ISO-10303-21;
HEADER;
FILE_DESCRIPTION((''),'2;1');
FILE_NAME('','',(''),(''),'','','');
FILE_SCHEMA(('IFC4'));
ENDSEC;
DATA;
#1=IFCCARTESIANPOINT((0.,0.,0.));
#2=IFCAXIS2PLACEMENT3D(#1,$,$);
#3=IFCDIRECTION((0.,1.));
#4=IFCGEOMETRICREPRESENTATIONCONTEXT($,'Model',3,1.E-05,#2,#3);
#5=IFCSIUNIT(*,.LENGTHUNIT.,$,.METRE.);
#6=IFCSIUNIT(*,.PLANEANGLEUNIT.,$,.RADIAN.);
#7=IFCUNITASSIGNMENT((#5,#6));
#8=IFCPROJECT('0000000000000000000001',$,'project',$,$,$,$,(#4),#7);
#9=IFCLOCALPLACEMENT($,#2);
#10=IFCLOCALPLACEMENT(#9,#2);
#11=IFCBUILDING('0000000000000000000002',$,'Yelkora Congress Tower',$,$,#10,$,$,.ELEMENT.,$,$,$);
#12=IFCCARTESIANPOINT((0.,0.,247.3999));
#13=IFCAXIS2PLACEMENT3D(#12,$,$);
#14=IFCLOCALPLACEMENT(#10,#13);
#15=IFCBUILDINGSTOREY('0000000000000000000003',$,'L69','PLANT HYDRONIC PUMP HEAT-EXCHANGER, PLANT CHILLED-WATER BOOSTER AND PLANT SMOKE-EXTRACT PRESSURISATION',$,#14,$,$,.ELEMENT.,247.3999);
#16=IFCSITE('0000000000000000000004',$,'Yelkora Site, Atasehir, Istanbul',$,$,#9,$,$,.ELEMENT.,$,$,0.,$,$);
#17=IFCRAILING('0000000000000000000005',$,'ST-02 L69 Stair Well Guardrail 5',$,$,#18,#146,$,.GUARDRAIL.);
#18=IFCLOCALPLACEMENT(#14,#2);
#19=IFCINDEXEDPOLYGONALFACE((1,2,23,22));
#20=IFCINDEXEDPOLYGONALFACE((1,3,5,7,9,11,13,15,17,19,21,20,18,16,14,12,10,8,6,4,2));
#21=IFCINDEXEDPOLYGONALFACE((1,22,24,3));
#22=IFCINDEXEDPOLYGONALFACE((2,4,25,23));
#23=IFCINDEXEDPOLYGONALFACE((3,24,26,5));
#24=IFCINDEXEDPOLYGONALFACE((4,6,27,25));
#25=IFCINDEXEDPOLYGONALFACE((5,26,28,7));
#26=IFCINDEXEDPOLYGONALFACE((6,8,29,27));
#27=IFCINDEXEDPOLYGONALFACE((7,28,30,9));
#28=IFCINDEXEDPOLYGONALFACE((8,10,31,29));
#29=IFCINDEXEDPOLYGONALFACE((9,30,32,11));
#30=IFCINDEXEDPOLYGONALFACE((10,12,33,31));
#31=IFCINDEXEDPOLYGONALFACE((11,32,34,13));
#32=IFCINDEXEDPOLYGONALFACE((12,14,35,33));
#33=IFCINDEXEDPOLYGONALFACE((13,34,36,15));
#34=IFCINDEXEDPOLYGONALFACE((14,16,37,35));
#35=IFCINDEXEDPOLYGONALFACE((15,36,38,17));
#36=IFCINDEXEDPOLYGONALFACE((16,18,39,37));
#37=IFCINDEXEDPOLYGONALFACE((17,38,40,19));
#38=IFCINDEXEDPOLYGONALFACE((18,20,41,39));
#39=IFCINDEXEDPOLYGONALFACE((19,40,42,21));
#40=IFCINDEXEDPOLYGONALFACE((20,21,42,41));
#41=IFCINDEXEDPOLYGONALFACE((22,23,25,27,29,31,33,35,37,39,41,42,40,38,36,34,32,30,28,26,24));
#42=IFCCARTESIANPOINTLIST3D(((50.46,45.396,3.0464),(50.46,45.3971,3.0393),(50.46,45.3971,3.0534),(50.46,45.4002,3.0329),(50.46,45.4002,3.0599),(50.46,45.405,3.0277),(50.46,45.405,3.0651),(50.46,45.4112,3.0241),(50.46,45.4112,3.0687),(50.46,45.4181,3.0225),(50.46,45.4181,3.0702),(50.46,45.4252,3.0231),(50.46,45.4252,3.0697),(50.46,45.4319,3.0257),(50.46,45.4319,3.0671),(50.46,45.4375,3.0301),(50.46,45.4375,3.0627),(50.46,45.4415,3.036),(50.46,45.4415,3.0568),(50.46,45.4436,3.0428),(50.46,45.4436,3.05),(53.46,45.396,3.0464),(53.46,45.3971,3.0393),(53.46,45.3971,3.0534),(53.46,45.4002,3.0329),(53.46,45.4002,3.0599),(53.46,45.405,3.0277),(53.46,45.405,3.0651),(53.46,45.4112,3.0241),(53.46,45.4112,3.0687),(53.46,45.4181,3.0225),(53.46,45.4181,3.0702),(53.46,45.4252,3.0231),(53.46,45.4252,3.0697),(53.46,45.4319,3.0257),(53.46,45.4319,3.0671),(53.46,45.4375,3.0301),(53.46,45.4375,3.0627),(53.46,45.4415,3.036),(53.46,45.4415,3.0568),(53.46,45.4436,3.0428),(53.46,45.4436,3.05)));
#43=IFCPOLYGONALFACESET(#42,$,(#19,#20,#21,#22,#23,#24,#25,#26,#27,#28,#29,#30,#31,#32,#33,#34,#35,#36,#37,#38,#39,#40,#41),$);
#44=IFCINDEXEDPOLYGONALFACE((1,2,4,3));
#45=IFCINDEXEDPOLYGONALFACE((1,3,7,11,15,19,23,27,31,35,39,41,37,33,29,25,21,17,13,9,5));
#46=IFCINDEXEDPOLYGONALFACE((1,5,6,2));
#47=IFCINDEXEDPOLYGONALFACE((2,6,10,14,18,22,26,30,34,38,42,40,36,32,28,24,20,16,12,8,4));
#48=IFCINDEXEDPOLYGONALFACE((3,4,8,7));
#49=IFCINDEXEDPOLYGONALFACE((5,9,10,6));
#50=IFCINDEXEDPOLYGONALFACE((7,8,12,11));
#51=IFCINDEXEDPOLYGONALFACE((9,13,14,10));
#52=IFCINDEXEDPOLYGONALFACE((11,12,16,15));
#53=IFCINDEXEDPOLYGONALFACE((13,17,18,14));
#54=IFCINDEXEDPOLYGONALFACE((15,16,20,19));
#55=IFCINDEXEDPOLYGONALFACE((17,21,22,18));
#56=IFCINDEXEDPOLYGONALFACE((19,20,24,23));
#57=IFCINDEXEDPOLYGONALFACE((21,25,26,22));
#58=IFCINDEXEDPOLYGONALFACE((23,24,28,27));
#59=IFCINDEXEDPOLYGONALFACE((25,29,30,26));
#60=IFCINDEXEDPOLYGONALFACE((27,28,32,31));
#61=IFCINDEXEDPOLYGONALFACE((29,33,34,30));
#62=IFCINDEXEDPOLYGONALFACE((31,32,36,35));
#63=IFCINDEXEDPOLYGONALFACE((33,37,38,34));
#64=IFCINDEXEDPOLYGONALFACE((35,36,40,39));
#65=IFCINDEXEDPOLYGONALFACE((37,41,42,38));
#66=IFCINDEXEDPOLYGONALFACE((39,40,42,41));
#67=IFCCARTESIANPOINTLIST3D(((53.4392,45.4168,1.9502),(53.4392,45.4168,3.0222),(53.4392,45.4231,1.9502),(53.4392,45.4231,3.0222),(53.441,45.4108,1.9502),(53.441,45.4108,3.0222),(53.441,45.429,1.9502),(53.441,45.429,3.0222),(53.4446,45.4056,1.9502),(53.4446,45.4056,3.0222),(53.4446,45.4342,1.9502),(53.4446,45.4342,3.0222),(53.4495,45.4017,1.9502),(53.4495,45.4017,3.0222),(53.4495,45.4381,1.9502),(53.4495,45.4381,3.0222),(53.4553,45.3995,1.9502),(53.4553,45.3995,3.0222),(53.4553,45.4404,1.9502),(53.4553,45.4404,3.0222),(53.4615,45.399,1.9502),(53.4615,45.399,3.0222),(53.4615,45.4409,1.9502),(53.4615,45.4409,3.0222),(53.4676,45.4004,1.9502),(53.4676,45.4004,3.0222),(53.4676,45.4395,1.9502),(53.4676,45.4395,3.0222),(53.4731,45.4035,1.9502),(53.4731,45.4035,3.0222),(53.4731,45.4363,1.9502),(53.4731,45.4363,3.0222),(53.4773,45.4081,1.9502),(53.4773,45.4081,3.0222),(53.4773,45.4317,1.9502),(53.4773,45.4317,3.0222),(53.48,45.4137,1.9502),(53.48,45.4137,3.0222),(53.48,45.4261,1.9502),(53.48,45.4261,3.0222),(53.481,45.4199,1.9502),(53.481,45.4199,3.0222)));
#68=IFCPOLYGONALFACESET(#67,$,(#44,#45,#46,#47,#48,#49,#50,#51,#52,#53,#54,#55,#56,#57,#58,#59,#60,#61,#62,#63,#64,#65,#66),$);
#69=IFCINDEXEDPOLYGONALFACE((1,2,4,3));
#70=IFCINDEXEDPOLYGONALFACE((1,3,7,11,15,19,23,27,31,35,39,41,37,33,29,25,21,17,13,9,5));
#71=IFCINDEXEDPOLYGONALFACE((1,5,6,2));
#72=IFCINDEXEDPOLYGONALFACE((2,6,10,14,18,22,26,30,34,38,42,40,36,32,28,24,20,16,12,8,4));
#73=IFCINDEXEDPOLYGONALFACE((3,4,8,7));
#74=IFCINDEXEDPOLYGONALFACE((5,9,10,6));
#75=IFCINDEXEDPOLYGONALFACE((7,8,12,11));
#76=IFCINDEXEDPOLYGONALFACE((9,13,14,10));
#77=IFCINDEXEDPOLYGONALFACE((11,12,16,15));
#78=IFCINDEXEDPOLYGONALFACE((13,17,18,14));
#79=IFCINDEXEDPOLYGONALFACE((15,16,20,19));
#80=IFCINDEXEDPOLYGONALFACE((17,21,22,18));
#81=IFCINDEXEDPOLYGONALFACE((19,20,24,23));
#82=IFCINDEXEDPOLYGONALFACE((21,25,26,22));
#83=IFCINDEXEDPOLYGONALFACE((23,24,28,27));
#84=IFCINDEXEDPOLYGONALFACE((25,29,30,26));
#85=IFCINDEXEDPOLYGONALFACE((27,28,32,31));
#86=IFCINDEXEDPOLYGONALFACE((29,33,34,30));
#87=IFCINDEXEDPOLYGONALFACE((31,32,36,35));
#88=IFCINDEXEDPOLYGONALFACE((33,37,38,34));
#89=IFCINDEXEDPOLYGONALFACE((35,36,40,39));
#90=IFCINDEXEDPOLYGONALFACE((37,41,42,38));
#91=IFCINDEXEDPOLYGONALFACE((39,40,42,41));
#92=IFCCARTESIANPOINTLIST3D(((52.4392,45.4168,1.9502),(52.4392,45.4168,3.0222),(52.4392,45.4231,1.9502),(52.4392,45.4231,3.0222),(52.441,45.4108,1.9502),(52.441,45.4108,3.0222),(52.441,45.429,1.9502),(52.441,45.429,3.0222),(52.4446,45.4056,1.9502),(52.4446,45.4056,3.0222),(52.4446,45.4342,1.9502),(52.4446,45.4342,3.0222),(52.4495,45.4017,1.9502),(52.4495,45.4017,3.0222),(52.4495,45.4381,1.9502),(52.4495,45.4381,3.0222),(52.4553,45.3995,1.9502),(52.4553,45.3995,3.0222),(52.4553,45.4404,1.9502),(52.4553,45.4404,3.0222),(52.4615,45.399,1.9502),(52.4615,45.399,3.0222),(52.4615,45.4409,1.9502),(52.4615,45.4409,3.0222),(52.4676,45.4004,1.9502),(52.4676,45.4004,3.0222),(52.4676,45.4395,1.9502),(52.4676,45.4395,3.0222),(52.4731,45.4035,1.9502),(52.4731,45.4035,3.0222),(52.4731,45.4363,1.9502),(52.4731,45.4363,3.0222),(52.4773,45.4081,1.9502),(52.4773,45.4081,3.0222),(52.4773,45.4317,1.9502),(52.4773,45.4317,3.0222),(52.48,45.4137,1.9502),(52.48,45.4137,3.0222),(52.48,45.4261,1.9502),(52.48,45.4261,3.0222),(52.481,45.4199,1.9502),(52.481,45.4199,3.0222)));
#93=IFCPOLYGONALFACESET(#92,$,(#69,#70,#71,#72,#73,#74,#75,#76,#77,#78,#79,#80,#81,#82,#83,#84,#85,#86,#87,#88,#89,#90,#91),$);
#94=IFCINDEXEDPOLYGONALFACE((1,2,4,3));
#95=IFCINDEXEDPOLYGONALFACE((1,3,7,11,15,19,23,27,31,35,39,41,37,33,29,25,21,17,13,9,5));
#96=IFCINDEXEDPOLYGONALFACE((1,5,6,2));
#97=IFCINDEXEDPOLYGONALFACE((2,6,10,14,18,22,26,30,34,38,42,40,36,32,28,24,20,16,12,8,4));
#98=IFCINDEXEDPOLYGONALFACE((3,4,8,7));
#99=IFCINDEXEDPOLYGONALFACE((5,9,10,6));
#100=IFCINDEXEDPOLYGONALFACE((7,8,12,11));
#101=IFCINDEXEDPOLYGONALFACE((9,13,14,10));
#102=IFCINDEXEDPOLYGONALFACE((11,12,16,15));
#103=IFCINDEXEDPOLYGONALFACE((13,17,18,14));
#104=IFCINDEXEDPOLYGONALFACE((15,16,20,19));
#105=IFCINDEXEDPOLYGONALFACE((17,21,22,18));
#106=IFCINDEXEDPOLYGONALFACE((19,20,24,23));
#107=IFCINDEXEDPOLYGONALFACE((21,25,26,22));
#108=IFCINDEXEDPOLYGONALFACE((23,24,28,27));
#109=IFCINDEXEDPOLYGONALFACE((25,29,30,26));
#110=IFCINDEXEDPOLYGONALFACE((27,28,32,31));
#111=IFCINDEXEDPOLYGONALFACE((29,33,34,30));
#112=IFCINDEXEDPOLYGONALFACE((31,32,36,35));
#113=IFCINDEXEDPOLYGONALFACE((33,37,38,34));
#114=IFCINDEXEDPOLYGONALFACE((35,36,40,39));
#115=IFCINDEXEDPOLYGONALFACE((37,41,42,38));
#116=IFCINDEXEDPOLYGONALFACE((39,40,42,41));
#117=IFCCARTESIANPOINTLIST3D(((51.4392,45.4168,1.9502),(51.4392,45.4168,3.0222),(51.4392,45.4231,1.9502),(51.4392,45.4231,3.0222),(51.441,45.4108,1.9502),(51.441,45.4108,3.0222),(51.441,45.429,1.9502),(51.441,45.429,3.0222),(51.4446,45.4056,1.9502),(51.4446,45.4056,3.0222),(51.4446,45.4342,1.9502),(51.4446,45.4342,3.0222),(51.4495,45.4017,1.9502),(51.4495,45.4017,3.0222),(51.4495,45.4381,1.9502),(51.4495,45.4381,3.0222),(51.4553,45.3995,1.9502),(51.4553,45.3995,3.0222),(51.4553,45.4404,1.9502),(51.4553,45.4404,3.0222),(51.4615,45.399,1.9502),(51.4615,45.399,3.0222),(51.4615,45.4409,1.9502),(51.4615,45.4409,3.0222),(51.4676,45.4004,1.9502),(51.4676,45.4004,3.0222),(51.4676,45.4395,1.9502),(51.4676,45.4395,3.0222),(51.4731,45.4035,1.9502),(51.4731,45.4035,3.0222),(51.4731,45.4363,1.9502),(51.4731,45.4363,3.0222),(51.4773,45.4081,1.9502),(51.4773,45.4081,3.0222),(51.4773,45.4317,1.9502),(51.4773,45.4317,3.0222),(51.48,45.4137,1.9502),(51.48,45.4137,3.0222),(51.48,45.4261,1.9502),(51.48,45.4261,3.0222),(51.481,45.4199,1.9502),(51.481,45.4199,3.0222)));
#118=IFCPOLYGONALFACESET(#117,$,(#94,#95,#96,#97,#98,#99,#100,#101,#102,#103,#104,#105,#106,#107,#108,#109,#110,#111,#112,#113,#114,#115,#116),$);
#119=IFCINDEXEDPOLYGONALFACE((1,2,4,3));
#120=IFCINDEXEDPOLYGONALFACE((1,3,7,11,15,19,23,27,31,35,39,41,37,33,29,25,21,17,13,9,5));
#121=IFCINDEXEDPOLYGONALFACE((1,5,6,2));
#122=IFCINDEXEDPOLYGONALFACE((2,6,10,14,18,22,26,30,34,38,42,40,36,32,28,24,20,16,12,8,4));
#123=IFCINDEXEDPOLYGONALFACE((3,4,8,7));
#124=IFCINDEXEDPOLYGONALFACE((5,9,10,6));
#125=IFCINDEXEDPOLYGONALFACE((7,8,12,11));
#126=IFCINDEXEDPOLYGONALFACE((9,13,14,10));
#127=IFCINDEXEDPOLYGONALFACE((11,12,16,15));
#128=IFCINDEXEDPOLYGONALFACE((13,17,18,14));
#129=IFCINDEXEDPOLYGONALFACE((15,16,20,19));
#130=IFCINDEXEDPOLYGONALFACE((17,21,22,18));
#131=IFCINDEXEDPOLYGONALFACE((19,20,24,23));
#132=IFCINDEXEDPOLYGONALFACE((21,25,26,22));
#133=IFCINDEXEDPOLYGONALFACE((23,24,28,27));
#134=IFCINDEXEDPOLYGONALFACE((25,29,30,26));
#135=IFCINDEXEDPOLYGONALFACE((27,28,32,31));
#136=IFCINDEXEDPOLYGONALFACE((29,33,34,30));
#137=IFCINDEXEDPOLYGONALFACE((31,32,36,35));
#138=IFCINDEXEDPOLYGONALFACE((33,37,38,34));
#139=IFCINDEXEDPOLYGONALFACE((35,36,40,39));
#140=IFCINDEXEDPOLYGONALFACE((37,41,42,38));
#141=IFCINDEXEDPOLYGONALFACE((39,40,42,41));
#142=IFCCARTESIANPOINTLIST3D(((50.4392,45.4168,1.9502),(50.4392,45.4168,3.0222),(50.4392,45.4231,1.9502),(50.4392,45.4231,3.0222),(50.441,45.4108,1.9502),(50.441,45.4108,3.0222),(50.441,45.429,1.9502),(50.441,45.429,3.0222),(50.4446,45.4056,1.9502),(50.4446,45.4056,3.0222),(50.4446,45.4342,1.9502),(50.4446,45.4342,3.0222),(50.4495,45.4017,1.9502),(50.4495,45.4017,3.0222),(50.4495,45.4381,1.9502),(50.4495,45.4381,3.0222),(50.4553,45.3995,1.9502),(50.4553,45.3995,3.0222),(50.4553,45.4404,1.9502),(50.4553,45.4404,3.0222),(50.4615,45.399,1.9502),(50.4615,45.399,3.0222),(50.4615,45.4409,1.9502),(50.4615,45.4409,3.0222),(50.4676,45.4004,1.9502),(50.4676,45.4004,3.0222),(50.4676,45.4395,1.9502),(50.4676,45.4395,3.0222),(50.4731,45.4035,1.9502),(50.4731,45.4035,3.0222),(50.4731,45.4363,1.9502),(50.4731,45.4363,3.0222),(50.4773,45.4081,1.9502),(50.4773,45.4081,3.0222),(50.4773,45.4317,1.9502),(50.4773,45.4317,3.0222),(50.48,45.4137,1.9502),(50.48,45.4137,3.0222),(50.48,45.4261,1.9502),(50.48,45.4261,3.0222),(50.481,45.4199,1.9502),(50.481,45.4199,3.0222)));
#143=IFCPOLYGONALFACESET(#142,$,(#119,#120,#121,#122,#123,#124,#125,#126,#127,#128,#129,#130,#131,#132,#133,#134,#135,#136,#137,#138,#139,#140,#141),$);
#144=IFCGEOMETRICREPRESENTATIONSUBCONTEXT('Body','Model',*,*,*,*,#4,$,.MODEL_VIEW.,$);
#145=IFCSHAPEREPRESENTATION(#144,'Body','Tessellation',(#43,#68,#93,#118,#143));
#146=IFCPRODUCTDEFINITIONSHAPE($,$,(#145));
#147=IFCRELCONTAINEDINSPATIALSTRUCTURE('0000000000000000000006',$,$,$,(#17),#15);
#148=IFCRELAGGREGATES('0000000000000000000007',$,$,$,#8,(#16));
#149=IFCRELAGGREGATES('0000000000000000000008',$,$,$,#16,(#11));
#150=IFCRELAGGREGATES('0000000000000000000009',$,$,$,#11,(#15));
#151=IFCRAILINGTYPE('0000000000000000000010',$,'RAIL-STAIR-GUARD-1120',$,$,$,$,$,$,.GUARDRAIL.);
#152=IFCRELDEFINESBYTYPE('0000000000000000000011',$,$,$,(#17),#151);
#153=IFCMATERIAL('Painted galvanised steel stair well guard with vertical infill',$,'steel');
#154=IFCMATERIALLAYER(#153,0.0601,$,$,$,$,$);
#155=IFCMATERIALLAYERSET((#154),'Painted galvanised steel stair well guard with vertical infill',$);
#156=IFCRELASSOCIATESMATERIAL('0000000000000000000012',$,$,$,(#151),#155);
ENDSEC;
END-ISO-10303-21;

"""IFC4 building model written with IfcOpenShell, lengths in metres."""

from ifc_helpers import new_model, si_unit, direction, frame, origin, origin_2d, place, context, subcontext, project, spatial, circle, extrude, material, layer, layer_set, type_object, element, save


model = new_model("IFC4")

# Units and contexts
model_context = context("Model", 3, precision=1e-05, world=origin(), true_north=direction((0.0, 1.0)))
body_context = subcontext(model_context, "Body", "Model", "MODEL_VIEW")
ifc_project = project(units=[si_unit("LENGTHUNIT", "METRE"), si_unit("PLANEANGLEUNIT", "RADIAN")], contexts=[model_context])

# Site, building, storey
site_placement = place(None, origin())
site = spatial("IfcSite", under=ifc_project, at=site_placement, Name="Yelkora Site, Atasehir, Istanbul", CompositionType="ELEMENT", RefElevation=0.0)
building_placement = place(site_placement, origin())
building = spatial("IfcBuilding", under=site, at=building_placement, Name="Yelkora Congress Tower", CompositionType="ELEMENT")
storey_placement = place(building_placement, frame((0.0, 0.0, 247.3999)))
storey = spatial("IfcBuildingStorey", under=building, at=storey_placement, Name="L69", Description="PLANT HYDRONIC PUMP HEAT-EXCHANGER, PLANT CHILLED-WATER BOOSTER AND PLANT SMOKE-EXTRACT PRESSURISATION", CompositionType="ELEMENT", Elevation=247.3999)

# Railing
ifc_material_1 = material(Name="Painted galvanised steel stair well guard with vertical infill", Category="steel")
ifc_layer_1 = layer(ifc_material_1, 0.0601)
ifc_layer_set_1 = layer_set([ifc_layer_1], Name="Painted galvanised steel stair well guard with vertical infill")
railing_type_1 = type_object("IfcRailingType", Name="RAIL-STAIR-GUARD-1120", PredefinedType="GUARDRAIL", material=ifc_layer_set_1)
railing_1_placement = place(storey_placement, frame((53.46, 45.4199, 1.9502)))
element("IfcRailing", 1, at=railing_1_placement, inside=storey, type_object=railing_type_1, Name="ST-02 L69 Stair Well Guardrail 5", PredefinedType="GUARDRAIL", context=body_context, shape_type="SweptSolid", body=[
    extrude(circle(Radius=0.0239, at=origin_2d()), frame((0.0, 0.0, 1.0962), z_axis=(-1.0, 0.0, 0.0), x_axis=(0.0, -1.0, 0.0)), (0.0, 0.0, 1.0), 3.0),
    extrude(circle(Radius=0.021, at=origin_2d()), origin(), (0.0, 0.0, 1.0), 1.072),
    extrude(circle(Radius=0.021, at=origin_2d()), frame((-1.0, 0.0, 0.0)), (0.0, 0.0, 1.0), 1.072),
    extrude(circle(Radius=0.021, at=origin_2d()), frame((-2.0, 0.0, 0.0)), (0.0, 0.0, 1.0), 1.072),
    extrude(circle(Radius=0.021, at=origin_2d()), frame((-3.0, 0.0, 0.0)), (0.0, 0.0, 1.0), 1.072),
])

save(model, "model.ifc")
